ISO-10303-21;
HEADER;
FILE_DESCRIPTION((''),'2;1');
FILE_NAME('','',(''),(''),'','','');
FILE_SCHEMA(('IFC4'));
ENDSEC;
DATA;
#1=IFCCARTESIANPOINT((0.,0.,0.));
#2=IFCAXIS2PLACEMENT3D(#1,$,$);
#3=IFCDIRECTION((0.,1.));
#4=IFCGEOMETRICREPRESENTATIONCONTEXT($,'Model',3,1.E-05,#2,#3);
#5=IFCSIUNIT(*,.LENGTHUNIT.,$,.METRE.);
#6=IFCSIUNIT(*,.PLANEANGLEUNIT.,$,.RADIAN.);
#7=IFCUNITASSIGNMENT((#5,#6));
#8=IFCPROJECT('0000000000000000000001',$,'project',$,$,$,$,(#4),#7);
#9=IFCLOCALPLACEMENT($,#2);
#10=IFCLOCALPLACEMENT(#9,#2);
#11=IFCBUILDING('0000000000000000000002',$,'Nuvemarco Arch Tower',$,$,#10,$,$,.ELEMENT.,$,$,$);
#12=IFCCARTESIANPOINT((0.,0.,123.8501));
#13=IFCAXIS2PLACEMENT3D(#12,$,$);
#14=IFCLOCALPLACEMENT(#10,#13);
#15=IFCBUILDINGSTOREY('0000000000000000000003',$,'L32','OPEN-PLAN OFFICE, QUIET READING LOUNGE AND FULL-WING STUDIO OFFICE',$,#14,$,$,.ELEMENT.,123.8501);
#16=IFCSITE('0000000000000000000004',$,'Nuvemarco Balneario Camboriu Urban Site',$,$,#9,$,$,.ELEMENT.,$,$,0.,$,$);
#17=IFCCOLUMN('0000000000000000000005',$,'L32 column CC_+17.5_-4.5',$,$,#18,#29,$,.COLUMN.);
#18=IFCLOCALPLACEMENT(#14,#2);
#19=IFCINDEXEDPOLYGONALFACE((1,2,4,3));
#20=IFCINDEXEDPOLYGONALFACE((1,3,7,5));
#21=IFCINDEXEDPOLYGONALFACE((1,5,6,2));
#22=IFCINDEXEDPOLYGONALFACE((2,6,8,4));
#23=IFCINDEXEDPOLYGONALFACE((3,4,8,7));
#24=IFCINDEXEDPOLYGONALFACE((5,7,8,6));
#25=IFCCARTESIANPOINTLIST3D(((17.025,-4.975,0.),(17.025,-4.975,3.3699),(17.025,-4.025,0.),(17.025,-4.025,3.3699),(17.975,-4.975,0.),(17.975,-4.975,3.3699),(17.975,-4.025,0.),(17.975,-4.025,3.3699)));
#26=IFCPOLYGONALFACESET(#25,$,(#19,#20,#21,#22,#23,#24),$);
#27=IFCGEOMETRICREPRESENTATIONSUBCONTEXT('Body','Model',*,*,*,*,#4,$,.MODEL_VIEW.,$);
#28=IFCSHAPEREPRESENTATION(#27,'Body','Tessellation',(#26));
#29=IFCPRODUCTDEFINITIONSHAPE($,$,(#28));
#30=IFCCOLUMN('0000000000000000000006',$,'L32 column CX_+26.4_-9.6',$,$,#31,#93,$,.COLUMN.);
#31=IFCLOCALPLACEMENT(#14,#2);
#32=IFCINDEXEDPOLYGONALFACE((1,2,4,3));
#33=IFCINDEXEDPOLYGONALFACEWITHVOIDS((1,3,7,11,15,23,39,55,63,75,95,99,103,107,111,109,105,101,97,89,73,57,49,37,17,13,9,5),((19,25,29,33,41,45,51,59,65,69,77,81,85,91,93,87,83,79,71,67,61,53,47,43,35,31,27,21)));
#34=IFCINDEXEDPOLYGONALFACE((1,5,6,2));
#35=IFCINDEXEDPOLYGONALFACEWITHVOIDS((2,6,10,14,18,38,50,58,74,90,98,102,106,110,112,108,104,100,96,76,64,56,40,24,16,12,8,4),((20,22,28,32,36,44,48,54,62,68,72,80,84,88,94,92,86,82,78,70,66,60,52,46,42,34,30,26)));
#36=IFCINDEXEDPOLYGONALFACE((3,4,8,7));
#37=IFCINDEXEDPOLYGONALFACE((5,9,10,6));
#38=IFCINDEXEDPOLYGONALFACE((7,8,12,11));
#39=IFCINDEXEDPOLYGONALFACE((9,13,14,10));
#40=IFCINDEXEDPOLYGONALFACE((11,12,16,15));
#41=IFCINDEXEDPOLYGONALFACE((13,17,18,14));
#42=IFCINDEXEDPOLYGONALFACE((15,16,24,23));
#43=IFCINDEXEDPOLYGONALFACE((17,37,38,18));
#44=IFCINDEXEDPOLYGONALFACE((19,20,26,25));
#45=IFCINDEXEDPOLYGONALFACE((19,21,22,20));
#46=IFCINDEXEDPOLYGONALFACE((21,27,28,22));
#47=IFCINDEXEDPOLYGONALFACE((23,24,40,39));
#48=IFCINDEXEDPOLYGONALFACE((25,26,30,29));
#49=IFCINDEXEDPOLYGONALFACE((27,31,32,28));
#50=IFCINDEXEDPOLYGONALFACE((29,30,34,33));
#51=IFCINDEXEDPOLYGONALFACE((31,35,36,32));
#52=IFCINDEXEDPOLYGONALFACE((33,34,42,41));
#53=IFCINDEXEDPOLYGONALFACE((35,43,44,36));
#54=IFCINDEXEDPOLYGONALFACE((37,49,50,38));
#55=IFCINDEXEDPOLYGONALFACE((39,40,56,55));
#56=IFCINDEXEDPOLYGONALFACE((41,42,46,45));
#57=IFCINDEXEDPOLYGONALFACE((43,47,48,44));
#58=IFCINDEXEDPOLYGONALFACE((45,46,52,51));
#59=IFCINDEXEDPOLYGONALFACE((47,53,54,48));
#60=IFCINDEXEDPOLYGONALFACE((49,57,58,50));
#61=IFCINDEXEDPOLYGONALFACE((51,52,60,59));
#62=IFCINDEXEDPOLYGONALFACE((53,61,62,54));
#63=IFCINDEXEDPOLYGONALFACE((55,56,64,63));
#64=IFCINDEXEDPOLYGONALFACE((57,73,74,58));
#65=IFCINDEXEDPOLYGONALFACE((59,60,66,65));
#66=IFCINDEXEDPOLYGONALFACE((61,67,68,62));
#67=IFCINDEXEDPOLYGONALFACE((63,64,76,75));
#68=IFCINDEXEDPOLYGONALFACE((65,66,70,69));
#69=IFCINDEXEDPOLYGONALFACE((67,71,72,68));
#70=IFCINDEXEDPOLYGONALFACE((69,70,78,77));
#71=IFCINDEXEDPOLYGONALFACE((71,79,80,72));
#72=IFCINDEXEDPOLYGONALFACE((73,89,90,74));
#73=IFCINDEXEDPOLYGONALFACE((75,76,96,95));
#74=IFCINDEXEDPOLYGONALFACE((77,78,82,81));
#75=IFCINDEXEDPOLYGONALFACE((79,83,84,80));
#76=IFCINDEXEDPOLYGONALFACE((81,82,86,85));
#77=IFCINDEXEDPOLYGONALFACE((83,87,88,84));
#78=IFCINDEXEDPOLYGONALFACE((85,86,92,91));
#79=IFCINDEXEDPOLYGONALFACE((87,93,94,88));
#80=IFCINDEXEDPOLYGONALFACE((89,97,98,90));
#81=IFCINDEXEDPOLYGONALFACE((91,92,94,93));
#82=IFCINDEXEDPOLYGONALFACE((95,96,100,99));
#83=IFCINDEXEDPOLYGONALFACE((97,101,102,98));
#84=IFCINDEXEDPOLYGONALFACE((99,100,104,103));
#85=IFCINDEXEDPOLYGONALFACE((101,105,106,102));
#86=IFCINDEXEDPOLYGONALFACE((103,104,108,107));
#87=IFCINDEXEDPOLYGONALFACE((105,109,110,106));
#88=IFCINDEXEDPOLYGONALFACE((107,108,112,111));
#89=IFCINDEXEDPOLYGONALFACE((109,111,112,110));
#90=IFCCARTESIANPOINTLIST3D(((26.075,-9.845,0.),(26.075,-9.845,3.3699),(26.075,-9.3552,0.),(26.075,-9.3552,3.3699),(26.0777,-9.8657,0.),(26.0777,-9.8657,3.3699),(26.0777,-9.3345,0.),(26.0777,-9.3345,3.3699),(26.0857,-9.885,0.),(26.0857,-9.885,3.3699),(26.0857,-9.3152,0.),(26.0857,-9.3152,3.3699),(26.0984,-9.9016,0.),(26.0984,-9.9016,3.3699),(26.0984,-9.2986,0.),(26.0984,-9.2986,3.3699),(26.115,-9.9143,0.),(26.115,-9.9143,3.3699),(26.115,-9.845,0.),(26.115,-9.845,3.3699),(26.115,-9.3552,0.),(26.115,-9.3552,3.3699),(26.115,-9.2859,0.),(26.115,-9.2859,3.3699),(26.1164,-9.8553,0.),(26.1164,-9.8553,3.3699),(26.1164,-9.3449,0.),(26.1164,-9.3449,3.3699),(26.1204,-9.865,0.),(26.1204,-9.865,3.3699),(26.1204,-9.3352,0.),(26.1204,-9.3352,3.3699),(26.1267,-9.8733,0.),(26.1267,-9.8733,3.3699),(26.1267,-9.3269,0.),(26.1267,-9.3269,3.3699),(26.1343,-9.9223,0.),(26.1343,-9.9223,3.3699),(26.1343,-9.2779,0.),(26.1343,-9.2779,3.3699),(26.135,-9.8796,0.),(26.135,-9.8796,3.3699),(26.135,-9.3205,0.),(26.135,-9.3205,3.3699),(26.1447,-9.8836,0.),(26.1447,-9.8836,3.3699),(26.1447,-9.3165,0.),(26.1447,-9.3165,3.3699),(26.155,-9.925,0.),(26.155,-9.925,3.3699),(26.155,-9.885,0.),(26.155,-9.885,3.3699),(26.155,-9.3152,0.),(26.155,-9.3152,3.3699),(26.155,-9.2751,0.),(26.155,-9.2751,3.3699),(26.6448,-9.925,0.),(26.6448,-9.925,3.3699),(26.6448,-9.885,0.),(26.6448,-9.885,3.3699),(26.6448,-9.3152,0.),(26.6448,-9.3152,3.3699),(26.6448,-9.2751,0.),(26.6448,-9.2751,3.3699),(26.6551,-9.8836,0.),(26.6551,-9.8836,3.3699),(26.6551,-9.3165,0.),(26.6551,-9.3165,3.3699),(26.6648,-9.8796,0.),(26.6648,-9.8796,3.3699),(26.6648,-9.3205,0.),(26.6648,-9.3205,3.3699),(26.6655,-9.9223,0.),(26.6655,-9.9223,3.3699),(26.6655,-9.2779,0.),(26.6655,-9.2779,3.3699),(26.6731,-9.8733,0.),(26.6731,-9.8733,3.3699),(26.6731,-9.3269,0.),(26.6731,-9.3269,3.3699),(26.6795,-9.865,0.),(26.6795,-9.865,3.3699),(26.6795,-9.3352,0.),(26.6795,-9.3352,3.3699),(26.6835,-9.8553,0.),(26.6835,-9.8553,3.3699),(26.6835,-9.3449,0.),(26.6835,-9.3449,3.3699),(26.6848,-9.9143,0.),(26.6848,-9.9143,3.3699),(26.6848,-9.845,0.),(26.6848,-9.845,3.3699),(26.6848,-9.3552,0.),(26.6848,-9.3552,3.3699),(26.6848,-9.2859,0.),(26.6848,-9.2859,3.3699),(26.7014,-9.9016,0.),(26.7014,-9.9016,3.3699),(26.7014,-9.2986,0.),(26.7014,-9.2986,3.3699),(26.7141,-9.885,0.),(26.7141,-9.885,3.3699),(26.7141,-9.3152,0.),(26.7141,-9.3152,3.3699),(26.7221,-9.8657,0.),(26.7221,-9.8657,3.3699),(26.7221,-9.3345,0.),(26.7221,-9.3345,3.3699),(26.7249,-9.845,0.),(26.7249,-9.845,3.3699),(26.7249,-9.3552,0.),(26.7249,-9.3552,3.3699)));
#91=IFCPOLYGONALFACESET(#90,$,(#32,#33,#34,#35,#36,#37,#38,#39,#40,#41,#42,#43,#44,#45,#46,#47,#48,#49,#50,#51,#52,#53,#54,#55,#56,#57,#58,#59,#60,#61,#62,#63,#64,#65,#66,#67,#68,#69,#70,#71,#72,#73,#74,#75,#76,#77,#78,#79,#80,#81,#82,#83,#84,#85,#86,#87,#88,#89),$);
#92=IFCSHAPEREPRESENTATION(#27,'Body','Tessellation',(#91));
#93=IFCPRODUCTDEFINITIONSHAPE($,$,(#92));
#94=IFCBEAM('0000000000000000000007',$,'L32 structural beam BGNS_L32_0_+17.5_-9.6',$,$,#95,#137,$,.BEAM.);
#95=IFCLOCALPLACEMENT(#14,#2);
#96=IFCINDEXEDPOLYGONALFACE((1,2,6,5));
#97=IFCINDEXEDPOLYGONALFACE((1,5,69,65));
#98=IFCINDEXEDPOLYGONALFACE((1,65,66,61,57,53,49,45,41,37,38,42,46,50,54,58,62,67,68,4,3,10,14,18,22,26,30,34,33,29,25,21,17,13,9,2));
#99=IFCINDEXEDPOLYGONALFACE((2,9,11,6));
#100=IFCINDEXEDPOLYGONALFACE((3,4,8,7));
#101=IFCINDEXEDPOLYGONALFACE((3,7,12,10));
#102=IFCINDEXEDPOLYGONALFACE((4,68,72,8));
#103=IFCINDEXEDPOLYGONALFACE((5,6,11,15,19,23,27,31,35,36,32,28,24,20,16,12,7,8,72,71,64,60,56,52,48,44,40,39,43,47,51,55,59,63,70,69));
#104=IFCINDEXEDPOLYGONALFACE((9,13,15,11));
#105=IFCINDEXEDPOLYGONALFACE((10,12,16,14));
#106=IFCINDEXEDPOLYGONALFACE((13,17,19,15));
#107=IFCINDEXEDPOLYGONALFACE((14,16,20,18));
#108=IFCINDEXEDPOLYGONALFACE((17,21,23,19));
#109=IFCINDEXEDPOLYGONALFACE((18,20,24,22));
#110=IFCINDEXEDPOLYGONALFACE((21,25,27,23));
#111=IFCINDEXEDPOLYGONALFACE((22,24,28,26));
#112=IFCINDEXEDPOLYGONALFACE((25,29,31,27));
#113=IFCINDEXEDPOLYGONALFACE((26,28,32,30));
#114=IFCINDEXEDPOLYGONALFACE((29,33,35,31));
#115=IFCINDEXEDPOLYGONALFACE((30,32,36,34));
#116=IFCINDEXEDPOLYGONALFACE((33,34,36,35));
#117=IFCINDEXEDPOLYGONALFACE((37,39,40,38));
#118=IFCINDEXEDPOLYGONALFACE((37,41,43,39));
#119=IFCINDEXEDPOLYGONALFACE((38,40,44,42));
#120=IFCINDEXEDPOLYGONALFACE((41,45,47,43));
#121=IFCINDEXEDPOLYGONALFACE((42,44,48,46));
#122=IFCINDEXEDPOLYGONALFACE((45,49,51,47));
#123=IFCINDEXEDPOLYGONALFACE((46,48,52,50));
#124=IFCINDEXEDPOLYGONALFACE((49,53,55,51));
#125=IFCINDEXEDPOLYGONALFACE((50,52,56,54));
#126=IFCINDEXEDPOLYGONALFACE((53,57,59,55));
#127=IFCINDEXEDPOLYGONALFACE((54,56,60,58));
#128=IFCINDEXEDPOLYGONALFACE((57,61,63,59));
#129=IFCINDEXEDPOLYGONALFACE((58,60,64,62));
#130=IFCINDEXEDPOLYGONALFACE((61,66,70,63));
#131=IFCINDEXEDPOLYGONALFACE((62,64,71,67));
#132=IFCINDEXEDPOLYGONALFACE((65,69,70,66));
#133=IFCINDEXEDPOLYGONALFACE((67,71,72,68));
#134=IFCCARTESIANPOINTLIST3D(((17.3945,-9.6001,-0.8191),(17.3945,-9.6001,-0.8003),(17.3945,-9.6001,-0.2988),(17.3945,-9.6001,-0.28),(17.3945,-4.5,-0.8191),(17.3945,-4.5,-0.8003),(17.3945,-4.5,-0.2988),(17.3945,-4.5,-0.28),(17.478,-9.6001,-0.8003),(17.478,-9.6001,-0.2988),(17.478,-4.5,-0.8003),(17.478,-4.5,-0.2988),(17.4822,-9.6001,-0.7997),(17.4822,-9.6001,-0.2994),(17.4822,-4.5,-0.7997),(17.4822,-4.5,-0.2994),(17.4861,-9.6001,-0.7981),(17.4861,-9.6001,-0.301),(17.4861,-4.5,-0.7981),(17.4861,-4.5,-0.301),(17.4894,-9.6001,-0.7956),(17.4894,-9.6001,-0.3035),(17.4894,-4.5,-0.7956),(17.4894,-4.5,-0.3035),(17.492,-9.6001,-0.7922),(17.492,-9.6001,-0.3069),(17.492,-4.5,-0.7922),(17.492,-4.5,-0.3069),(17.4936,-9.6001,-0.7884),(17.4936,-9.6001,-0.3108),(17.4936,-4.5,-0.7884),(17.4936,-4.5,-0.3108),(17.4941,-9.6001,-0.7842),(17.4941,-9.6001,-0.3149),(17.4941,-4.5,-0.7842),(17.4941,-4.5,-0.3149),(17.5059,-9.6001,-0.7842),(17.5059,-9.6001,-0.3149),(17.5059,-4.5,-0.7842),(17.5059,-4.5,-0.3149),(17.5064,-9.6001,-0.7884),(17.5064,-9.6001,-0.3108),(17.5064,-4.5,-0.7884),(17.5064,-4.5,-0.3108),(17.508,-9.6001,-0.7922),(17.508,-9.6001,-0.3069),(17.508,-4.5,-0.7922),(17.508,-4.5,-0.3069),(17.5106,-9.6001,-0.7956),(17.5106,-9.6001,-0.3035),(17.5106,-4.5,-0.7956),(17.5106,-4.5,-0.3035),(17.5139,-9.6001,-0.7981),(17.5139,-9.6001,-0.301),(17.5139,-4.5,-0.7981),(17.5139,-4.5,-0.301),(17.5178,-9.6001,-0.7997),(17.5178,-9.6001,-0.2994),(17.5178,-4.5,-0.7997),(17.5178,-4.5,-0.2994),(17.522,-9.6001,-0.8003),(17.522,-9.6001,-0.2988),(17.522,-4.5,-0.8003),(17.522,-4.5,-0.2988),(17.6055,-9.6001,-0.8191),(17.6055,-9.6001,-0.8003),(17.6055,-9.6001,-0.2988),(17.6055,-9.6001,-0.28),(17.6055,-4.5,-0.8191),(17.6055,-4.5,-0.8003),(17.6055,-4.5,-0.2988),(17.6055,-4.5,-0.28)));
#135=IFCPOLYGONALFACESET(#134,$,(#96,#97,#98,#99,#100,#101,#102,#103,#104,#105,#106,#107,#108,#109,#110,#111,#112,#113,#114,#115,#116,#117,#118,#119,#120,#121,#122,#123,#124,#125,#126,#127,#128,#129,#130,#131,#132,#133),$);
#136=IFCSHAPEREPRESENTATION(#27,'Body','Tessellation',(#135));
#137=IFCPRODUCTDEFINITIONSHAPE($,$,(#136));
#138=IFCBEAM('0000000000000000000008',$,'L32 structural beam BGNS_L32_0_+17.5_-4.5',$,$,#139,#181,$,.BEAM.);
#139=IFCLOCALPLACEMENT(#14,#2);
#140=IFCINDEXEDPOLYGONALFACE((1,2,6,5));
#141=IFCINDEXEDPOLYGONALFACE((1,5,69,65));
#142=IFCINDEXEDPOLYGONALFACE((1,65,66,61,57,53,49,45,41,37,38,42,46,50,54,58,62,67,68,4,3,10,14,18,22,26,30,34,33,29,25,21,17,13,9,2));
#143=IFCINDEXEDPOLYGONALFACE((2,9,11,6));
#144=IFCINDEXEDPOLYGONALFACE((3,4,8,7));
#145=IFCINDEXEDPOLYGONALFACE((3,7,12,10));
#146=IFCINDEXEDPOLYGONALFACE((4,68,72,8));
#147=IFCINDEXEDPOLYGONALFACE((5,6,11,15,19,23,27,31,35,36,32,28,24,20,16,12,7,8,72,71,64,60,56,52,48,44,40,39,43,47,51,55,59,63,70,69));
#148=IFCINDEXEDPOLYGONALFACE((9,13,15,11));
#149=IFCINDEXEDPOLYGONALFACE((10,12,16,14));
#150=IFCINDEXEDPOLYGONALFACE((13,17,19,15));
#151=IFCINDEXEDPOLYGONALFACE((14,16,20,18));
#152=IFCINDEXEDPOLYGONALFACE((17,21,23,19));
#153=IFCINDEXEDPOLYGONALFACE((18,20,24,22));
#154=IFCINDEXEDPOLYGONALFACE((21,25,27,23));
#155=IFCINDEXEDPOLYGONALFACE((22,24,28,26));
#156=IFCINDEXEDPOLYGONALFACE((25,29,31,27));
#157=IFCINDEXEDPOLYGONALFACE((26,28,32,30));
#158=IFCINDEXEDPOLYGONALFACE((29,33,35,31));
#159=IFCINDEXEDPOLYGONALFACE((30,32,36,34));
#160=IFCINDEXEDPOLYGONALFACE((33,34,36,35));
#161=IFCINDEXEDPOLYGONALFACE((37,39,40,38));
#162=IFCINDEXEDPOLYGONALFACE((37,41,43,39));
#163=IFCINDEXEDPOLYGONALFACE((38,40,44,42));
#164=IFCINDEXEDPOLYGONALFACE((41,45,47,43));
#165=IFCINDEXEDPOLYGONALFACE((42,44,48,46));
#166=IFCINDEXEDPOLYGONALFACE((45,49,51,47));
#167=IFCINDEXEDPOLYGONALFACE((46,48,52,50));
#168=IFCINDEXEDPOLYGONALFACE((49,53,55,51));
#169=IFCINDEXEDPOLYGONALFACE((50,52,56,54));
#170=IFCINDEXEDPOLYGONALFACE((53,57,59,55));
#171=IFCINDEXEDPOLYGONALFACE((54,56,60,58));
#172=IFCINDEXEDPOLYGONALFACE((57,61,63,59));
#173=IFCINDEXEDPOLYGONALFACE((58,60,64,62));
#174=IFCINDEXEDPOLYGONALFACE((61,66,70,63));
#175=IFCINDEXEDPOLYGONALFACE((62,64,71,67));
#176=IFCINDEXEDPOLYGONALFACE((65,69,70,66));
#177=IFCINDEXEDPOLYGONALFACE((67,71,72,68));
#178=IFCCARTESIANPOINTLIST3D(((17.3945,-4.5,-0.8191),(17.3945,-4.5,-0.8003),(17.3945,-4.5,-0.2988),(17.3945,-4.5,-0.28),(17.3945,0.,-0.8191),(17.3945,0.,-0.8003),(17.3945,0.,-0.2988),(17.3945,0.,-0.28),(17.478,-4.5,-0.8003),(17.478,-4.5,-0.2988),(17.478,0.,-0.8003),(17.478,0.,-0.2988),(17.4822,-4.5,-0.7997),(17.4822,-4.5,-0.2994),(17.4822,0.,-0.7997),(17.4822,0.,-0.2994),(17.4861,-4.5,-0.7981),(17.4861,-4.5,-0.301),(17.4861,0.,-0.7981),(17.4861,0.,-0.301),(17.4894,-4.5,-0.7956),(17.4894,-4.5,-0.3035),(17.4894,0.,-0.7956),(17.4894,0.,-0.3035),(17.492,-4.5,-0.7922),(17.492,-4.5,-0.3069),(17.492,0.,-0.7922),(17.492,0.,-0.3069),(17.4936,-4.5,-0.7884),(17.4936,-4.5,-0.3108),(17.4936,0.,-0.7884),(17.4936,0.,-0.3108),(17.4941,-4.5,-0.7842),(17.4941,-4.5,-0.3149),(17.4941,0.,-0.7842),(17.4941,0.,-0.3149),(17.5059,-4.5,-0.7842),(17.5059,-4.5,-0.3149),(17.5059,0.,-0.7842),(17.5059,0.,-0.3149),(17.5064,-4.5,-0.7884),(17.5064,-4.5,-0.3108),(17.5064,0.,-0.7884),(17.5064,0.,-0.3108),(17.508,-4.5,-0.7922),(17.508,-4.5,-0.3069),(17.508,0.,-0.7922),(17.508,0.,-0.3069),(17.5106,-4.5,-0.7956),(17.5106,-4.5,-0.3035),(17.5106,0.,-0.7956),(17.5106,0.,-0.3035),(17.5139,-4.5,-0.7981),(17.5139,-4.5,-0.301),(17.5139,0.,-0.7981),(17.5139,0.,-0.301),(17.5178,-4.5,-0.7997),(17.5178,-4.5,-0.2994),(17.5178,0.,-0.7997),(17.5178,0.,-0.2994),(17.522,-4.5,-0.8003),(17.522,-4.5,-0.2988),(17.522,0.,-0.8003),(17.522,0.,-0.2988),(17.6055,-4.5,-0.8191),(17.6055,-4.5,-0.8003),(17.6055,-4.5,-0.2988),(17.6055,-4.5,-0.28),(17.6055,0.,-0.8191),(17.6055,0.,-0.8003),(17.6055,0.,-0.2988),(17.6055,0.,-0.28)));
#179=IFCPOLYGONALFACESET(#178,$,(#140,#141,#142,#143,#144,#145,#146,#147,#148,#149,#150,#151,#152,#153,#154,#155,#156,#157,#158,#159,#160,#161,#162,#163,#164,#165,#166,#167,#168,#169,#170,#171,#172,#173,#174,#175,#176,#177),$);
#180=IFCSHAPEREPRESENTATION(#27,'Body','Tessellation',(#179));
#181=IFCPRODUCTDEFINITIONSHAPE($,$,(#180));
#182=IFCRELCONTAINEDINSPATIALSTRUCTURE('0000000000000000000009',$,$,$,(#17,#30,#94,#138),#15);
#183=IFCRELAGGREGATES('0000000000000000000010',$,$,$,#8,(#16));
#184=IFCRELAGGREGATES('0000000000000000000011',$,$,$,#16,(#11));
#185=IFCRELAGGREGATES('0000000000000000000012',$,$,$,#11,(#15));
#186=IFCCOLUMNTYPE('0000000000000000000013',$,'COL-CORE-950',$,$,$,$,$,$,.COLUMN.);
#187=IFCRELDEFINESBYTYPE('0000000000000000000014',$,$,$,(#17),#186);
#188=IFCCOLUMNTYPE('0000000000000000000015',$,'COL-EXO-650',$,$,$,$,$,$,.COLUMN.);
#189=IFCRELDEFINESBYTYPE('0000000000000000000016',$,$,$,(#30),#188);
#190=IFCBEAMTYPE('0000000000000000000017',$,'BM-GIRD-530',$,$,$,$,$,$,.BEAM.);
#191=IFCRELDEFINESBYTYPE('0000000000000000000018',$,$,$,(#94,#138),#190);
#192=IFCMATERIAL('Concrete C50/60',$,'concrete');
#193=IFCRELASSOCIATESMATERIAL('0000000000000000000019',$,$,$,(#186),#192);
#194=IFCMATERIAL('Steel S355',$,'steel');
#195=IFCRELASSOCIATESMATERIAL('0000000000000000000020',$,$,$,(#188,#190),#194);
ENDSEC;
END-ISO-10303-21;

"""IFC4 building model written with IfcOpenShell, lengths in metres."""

from ifc_helpers import new_model, si_unit, direction, frame, origin, origin_2d, place, context, subcontext, project, spatial, rectangle, hollow_rectangle, i_section, extrude, material, material_profile, profile_set, type_object, element, save


model = new_model("IFC4")

# Units and contexts
model_context = context("Model", 3, precision=1e-05, world=origin(), true_north=direction((0.0, 1.0)))
body_context = subcontext(model_context, "Body", "Model", "MODEL_VIEW")
ifc_project = project(units=[si_unit("LENGTHUNIT", "METRE"), si_unit("PLANEANGLEUNIT", "RADIAN")], contexts=[model_context])

# Site, building, storey
site_placement = place(None, origin())
site = spatial("IfcSite", under=ifc_project, at=site_placement, Name="Nuvemarco Balneario Camboriu Urban Site", CompositionType="ELEMENT", RefElevation=0.0)
building_placement = place(site_placement, origin())
building = spatial("IfcBuilding", under=site, at=building_placement, Name="Nuvemarco Arch Tower", CompositionType="ELEMENT")
storey_placement = place(building_placement, frame((0.0, 0.0, 123.8501)))
storey = spatial("IfcBuildingStorey", under=building, at=storey_placement, Name="L32", Description="OPEN-PLAN OFFICE, QUIET READING LOUNGE AND FULL-WING STUDIO OFFICE", CompositionType="ELEMENT", Elevation=123.8501)

# Columns
ifc_material_1 = material(Name="Concrete C50/60", Category="concrete")
ifc_material_profile_1 = material_profile(ifc_material_1, rectangle(XDim=0.95, YDim=0.95, at=origin_2d()), Name="RC-COL-950x950")
ifc_profile_set_1 = profile_set([ifc_material_profile_1], Name="Concrete C50/60")
column_type_1 = type_object("IfcColumnType", Name="COL-CORE-950", PredefinedType="COLUMN", material=ifc_profile_set_1)
column_1_placement = place(storey_placement, frame((17.5, -4.5, 0.0), z_axis=(0.0, 0.0, 1.0), x_axis=(1.0, 0.0, 0.0)))
element("IfcColumn", 1, at=column_1_placement, inside=storey, type_object=column_type_1, Name="L32 column CC_+17.5_-4.5", PredefinedType="COLUMN", context=body_context, shape_type="SweptSolid", body=[
    extrude(rectangle(XDim=0.95, YDim=0.95, at=origin_2d()), origin(), (0.0, 0.0, 1.0), 3.3699),
])
ifc_material_2 = material(Name="Steel S355", Category="steel")
ifc_material_profile_2 = material_profile(ifc_material_2, hollow_rectangle(XDim=0.6499, YDim=0.6499, WallThickness=0.04, InnerFilletRadius=0.04, OuterFilletRadius=0.0801, at=origin_2d()), Name="SHS650x650x40")
ifc_profile_set_2 = profile_set([ifc_material_profile_2], Name="Steel S355")
column_type_2 = type_object("IfcColumnType", Name="COL-EXO-650", PredefinedType="COLUMN", material=ifc_profile_set_2)
column_2_placement = place(storey_placement, frame((26.3999, -9.6001, 0.0), z_axis=(0.0, 0.0, 1.0), x_axis=(1.0, 0.0, 0.0)))
element("IfcColumn", 2, at=column_2_placement, inside=storey, type_object=column_type_2, Name="L32 column CX_+26.4_-9.6", PredefinedType="COLUMN", context=body_context, shape_type="SweptSolid", body=[
    extrude(hollow_rectangle(XDim=0.6499, YDim=0.6499, WallThickness=0.04, InnerFilletRadius=0.04, OuterFilletRadius=0.0801, at=origin_2d()), origin(), (0.0, 0.0, 1.0), 3.3699),
])

# Beams
ifc_material_profile_3 = material_profile(ifc_material_2, i_section(OverallWidth=0.2109, OverallDepth=0.5391, WebThickness=0.0117, FlangeThickness=0.0188, FilletRadius=0.0161, at=origin_2d()), Name="W530x109")
ifc_profile_set_3 = profile_set([ifc_material_profile_3], Name="Steel S355")
beam_type_1 = type_object("IfcBeamType", Name="BM-GIRD-530", PredefinedType="BEAM", material=ifc_profile_set_3)
beam_1_placement = place(storey_placement, frame((17.5, -9.6001, -0.5496), z_axis=(0.0, 1.0, 0.0), x_axis=(-1.0, 0.0, 0.0)))
element("IfcBeam", 3, at=beam_1_placement, inside=storey, type_object=beam_type_1, Name="L32 structural beam BGNS_L32_0_+17.5_-9.6", PredefinedType="BEAM", context=body_context, shape_type="SweptSolid", body=[
    extrude(i_section(OverallWidth=0.2109, OverallDepth=0.5391, WebThickness=0.0117, FlangeThickness=0.0188, FilletRadius=0.0161, at=origin_2d()), origin(), (0.0, 0.0, 1.0), 5.1001),
])
beam_2_placement = place(storey_placement, frame((17.5, -4.5, -0.5496), z_axis=(0.0, 1.0, 0.0), x_axis=(-1.0, 0.0, 0.0)))
element("IfcBeam", 4, at=beam_2_placement, inside=storey, type_object=beam_type_1, Name="L32 structural beam BGNS_L32_0_+17.5_-4.5", PredefinedType="BEAM", context=body_context, shape_type="SweptSolid", body=[
    extrude(i_section(OverallWidth=0.2109, OverallDepth=0.5391, WebThickness=0.0117, FlangeThickness=0.0188, FilletRadius=0.0161, at=origin_2d()), origin(), (0.0, 0.0, 1.0), 4.5),
])

save(model, "model.ifc")
